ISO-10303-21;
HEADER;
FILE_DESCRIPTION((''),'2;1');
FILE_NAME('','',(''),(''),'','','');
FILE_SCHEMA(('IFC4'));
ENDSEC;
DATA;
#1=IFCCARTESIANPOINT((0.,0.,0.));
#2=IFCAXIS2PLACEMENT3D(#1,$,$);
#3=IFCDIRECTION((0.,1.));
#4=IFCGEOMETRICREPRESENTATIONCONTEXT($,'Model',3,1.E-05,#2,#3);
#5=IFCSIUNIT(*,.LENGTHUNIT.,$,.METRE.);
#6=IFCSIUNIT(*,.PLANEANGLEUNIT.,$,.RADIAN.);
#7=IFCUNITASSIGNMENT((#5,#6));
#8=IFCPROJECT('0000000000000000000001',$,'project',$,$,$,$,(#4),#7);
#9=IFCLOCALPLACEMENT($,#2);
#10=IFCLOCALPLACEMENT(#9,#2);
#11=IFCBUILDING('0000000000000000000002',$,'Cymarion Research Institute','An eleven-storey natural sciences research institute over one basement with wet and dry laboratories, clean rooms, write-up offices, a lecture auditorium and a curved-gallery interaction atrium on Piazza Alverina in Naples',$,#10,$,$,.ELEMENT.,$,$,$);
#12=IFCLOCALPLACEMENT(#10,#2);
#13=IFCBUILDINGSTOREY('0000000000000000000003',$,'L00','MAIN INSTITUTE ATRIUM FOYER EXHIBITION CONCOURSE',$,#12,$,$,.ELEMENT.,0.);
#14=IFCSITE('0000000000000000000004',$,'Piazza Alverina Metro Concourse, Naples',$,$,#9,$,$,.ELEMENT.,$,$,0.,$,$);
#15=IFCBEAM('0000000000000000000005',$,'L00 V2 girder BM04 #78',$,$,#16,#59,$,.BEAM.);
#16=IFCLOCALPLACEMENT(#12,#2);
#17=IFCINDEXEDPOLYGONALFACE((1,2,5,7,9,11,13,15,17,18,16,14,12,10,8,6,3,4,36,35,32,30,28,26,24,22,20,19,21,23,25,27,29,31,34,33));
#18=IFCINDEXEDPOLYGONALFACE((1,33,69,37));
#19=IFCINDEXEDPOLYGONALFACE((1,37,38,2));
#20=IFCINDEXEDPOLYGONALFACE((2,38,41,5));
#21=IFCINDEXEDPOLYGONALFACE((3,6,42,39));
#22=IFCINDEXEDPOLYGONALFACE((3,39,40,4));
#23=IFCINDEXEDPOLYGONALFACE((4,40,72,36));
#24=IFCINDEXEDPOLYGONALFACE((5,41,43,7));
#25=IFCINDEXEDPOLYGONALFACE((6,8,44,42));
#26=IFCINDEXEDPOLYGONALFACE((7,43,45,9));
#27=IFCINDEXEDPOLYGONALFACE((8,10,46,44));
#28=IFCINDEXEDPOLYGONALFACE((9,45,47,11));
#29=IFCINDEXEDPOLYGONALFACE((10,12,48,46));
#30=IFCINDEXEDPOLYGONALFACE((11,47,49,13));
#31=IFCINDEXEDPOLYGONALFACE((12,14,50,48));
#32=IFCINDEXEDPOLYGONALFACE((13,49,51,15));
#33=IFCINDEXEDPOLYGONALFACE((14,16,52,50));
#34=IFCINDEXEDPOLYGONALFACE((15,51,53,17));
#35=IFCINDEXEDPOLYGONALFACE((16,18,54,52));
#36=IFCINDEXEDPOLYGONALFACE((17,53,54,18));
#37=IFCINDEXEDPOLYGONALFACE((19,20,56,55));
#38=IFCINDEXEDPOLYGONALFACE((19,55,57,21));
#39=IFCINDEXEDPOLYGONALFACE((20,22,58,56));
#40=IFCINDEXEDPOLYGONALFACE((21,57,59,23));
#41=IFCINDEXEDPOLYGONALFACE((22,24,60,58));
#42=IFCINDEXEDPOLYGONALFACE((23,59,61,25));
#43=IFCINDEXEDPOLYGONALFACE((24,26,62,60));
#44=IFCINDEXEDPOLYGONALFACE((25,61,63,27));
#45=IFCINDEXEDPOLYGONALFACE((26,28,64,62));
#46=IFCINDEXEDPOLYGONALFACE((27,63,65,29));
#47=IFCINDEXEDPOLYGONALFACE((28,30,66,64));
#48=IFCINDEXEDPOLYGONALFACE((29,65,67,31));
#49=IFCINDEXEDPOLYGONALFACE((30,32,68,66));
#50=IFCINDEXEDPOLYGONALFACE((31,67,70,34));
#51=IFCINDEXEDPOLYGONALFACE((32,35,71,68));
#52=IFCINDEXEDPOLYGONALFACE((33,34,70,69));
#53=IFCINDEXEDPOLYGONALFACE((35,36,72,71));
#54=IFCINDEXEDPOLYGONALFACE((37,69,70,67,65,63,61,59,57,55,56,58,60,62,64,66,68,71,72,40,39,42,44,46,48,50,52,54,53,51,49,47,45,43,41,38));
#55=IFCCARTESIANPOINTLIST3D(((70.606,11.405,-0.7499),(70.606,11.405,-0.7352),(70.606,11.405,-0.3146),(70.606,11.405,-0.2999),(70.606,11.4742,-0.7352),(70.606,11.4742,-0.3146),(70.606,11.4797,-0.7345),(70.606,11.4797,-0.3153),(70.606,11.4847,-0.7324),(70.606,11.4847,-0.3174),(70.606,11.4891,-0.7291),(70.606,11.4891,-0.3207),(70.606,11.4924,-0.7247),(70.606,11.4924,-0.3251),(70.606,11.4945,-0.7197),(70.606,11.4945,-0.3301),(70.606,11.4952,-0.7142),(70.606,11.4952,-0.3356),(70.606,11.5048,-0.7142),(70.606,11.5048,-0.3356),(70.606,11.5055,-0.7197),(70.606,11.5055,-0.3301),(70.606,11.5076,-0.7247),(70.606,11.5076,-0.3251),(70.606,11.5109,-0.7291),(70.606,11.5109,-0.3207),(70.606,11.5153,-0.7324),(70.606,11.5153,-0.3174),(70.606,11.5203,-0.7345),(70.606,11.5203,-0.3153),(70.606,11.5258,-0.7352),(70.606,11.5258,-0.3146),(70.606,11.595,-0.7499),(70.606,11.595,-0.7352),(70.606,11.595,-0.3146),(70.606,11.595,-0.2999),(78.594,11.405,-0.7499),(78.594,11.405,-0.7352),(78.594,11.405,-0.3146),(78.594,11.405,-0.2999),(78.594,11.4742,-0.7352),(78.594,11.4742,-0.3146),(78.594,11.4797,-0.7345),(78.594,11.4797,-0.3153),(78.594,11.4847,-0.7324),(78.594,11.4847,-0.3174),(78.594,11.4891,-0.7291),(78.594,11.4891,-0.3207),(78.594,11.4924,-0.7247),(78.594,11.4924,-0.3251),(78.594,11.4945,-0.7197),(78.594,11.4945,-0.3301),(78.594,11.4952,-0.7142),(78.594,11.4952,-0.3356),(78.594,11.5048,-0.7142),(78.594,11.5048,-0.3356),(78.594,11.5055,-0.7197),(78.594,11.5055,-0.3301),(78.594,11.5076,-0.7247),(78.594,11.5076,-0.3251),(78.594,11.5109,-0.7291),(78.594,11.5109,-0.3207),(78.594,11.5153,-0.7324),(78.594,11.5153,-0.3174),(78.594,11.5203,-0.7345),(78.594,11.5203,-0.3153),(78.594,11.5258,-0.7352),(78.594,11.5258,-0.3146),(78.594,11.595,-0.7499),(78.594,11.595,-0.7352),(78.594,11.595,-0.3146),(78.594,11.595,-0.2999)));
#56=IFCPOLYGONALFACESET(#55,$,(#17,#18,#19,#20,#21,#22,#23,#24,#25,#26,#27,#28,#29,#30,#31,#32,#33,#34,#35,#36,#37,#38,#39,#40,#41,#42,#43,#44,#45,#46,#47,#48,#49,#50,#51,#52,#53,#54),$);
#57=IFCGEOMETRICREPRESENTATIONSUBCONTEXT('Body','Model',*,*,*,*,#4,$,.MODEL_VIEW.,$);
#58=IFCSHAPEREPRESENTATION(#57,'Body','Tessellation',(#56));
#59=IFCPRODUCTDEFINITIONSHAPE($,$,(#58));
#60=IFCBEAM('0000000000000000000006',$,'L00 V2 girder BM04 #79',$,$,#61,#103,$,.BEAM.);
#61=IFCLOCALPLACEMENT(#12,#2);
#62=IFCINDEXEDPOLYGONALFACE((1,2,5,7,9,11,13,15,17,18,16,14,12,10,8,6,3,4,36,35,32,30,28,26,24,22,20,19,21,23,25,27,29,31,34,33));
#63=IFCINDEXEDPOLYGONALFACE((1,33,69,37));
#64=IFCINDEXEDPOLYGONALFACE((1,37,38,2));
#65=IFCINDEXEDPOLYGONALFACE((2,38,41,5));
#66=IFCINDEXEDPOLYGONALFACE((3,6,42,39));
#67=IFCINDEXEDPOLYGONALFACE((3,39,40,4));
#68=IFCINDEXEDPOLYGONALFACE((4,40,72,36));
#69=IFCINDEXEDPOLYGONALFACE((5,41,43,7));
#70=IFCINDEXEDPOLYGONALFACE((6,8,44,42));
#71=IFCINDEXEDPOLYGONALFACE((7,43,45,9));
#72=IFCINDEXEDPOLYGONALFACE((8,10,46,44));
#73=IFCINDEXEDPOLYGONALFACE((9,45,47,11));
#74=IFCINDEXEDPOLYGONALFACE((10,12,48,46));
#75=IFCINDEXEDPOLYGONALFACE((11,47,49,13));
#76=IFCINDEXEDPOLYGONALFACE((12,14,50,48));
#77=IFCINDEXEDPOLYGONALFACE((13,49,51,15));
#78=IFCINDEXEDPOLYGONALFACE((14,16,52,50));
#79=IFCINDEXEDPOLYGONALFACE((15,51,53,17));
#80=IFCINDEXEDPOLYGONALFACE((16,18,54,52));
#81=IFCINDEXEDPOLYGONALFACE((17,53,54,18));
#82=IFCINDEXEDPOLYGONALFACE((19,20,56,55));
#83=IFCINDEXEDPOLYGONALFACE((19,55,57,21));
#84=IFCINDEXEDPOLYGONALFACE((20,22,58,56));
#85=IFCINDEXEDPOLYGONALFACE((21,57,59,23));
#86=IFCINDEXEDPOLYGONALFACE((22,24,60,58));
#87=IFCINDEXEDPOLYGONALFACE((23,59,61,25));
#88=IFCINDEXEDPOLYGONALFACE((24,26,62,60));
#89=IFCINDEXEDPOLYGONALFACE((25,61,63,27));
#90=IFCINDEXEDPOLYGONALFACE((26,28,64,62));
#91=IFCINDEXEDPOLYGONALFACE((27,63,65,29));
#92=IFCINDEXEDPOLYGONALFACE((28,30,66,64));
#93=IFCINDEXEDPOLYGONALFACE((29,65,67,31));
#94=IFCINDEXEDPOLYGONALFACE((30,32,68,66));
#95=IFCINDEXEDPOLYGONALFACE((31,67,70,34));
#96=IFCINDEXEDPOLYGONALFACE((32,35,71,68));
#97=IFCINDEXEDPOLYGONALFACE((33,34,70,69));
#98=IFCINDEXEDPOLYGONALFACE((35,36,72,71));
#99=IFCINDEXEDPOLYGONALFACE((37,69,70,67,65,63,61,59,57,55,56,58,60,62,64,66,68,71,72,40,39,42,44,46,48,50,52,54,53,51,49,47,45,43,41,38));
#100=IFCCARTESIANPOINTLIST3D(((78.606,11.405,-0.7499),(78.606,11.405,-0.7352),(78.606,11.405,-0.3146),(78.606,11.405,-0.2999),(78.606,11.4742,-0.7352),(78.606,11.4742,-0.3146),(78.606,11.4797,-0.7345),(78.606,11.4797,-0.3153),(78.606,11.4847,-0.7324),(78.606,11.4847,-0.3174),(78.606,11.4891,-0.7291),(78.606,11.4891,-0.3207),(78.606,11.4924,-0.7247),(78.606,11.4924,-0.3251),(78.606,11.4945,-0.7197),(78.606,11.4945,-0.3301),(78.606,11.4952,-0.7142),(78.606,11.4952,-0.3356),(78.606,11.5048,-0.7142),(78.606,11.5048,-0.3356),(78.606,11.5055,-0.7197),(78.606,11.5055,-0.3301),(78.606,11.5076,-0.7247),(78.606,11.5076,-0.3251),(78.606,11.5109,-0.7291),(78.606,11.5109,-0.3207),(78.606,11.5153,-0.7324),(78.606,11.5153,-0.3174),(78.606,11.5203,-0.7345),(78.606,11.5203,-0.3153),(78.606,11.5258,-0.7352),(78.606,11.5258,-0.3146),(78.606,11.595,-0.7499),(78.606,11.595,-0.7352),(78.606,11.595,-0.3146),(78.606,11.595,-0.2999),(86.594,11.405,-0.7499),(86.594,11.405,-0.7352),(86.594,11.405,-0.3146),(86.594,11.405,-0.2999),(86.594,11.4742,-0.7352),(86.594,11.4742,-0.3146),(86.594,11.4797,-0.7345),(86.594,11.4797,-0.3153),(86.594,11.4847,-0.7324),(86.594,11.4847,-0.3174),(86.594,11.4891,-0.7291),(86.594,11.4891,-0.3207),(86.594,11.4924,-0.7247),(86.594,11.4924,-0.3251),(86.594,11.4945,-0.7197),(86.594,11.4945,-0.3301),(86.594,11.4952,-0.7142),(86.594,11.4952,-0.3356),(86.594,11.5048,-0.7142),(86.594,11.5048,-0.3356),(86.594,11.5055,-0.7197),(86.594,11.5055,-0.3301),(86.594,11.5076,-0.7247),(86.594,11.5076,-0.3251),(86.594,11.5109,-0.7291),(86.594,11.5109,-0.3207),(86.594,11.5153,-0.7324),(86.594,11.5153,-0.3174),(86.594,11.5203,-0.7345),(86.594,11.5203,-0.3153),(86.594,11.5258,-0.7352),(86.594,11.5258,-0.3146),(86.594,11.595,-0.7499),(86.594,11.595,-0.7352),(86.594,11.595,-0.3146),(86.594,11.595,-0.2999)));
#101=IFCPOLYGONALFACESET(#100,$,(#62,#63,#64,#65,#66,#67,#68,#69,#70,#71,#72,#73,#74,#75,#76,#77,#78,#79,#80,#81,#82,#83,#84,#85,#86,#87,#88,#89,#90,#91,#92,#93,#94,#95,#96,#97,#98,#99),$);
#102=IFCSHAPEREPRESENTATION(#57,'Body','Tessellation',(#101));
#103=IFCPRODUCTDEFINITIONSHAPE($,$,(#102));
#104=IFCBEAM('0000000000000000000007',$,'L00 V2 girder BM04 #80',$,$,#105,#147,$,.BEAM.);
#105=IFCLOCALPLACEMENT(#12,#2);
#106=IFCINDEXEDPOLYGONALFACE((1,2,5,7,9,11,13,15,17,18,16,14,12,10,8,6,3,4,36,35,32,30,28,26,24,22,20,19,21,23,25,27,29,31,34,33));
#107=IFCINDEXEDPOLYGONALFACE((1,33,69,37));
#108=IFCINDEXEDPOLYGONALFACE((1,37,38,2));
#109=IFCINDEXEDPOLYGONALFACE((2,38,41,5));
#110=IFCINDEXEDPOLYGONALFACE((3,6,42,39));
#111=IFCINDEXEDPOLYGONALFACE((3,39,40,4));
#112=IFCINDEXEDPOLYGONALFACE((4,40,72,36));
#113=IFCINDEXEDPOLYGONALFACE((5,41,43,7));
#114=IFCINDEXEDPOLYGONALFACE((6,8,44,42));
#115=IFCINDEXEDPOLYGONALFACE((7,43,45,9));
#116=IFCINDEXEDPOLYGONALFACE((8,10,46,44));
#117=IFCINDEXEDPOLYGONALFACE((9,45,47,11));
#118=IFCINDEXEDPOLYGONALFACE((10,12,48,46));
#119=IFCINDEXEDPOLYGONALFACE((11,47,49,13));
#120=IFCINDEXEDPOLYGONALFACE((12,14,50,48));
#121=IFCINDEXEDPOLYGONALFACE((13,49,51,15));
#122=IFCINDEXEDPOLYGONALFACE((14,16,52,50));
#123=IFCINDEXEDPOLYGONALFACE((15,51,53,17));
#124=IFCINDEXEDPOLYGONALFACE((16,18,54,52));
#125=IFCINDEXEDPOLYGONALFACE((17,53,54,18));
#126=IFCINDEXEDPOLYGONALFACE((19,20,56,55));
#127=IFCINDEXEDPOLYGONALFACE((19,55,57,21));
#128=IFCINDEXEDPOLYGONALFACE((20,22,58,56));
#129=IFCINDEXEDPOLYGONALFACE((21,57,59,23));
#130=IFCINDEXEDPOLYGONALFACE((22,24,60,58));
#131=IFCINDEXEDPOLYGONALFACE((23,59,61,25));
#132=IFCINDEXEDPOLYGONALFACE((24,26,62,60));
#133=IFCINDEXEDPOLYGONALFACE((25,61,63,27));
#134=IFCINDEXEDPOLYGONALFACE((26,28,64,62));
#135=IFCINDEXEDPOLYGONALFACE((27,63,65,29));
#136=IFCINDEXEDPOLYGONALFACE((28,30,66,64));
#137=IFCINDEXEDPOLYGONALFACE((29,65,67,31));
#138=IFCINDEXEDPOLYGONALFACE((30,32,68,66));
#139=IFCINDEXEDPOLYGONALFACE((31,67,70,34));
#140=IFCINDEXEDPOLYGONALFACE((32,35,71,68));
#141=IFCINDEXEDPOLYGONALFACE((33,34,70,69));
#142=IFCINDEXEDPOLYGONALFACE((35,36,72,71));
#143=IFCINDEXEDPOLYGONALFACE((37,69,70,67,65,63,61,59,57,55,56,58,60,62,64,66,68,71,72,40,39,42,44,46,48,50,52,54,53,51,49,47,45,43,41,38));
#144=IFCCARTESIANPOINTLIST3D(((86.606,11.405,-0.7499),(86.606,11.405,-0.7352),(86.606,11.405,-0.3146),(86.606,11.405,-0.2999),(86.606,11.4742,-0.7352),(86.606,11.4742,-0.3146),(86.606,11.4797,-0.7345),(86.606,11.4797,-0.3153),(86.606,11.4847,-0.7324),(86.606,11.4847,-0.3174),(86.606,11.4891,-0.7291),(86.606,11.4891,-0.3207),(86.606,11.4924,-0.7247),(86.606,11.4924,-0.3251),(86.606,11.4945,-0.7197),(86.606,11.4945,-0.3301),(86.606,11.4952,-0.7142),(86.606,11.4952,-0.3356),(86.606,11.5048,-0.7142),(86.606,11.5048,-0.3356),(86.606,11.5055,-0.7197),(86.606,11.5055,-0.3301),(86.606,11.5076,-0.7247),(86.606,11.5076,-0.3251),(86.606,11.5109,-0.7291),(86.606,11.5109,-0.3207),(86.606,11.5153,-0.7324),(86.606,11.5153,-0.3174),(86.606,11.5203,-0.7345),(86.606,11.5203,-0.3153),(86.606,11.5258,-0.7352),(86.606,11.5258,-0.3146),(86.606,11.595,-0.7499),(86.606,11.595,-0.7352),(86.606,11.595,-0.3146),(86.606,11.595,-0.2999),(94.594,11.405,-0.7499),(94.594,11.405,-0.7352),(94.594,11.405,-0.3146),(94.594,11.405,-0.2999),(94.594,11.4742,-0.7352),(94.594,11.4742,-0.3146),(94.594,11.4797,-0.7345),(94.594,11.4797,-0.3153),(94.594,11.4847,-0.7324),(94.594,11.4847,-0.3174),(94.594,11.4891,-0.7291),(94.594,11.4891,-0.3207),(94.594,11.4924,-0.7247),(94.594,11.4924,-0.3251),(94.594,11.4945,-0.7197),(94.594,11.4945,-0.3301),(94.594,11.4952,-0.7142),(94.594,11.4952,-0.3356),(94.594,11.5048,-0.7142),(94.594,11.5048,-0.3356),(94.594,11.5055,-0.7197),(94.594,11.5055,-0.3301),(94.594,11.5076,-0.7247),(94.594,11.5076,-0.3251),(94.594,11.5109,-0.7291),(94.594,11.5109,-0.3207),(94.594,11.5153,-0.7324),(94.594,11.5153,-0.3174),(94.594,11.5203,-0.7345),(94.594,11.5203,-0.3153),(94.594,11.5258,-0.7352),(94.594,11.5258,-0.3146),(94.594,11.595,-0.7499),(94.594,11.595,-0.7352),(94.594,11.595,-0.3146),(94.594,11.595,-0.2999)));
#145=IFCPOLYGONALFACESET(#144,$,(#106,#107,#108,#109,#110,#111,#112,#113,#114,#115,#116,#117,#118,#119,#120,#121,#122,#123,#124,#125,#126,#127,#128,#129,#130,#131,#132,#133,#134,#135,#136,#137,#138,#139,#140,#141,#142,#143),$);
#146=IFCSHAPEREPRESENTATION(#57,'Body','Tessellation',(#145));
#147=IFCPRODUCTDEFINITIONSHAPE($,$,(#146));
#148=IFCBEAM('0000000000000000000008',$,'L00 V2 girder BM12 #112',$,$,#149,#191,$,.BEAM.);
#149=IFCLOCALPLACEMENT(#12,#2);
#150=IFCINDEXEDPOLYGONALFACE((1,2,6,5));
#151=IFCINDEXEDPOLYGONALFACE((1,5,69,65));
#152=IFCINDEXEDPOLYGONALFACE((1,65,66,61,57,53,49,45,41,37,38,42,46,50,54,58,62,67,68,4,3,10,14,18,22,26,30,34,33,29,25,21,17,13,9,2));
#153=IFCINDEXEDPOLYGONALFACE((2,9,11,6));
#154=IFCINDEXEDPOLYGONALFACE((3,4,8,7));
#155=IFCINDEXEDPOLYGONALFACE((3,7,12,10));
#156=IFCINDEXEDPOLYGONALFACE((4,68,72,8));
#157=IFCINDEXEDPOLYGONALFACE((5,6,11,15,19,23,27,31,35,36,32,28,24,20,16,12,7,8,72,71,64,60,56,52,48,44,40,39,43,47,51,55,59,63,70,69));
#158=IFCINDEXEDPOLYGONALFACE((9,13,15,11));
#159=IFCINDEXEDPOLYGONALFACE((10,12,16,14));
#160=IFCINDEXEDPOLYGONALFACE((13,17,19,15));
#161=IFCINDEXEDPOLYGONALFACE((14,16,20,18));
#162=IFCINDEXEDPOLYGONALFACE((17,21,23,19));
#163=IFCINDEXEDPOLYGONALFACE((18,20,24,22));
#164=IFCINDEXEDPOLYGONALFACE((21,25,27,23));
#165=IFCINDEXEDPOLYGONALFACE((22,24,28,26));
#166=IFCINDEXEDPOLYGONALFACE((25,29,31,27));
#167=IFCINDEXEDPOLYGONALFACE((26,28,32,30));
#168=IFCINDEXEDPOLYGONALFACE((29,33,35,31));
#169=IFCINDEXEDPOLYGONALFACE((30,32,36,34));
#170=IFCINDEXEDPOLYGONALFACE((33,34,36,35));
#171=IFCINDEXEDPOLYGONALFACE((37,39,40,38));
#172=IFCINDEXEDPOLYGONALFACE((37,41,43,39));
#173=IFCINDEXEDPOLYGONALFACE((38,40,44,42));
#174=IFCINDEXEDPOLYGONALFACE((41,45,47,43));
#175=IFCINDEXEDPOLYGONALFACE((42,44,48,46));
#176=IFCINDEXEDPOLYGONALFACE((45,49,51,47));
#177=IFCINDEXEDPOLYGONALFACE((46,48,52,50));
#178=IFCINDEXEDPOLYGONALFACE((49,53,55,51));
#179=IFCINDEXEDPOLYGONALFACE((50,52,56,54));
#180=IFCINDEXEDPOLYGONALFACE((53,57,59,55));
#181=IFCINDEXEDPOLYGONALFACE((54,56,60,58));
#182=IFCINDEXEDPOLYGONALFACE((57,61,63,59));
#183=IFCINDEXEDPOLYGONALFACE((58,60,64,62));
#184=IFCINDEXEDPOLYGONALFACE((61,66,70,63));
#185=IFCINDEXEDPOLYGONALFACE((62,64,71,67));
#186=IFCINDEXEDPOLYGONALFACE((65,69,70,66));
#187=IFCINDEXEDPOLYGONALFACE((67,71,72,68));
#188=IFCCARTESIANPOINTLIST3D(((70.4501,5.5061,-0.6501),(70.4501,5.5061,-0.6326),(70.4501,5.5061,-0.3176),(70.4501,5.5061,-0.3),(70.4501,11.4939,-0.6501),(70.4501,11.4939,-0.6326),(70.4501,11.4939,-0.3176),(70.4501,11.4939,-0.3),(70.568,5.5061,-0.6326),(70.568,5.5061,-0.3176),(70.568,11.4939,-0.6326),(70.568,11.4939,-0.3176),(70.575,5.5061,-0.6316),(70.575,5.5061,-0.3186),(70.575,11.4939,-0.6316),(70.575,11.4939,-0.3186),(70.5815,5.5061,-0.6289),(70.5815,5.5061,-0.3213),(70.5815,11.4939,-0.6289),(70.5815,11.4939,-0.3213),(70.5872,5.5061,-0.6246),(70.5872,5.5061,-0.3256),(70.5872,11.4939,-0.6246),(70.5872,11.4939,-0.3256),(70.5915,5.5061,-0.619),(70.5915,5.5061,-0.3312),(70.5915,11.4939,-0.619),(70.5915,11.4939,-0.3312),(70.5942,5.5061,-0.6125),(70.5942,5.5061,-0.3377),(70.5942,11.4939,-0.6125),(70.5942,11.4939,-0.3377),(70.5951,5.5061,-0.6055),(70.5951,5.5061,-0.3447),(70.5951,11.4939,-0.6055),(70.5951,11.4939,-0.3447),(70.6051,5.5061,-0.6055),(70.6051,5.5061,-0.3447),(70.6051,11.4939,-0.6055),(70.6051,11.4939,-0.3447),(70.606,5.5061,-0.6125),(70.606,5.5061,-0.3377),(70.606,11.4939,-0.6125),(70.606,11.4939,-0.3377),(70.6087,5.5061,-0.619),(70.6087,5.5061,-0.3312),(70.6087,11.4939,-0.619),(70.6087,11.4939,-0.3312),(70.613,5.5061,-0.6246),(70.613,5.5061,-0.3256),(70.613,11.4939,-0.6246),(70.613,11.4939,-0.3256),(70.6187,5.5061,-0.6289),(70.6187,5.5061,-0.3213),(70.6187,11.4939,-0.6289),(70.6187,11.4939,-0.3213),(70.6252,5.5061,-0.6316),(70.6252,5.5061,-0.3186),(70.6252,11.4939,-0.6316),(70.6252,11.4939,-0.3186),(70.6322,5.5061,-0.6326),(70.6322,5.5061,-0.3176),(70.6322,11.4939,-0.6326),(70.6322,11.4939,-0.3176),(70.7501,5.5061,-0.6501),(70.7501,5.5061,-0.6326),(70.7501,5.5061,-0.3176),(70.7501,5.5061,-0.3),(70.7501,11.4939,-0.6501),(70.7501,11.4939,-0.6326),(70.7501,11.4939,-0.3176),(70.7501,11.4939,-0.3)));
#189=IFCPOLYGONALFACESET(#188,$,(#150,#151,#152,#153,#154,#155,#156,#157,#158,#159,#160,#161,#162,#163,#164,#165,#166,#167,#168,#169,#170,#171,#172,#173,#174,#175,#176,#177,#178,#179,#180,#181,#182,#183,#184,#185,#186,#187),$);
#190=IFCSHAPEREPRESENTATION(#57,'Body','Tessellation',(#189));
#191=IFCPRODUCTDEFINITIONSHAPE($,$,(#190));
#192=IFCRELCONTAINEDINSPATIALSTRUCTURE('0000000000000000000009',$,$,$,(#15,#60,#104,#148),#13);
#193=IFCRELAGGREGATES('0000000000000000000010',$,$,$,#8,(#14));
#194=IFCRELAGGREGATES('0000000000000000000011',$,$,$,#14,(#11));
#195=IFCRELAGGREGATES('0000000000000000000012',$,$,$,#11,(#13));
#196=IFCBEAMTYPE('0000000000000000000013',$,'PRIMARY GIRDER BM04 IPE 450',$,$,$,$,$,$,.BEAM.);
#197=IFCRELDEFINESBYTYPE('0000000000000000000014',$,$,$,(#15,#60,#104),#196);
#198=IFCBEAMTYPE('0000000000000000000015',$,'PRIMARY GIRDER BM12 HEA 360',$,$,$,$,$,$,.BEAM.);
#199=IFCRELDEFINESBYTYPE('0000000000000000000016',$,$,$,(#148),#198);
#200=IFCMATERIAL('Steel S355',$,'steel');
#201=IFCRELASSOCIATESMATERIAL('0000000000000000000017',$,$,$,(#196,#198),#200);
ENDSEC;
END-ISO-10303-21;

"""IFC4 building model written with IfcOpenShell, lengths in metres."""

from ifc_helpers import new_model, si_unit, direction, frame, origin, origin_2d, place, context, subcontext, project, spatial, i_section, extrude, material, material_profile, profile_set, type_object, element, save


model = new_model("IFC4")

# Units and contexts
model_context = context("Model", 3, precision=1e-05, world=origin(), true_north=direction((0.0, 1.0)))
body_context = subcontext(model_context, "Body", "Model", "MODEL_VIEW")
ifc_project = project(units=[si_unit("LENGTHUNIT", "METRE"), si_unit("PLANEANGLEUNIT", "RADIAN")], contexts=[model_context])

# Site, building, storey
site_placement = place(None, origin())
site = spatial("IfcSite", under=ifc_project, at=site_placement, Name="Piazza Alverina Metro Concourse, Naples", CompositionType="ELEMENT", RefElevation=0.0)
building_placement = place(site_placement, origin())
building = spatial("IfcBuilding", under=site, at=building_placement, Name="Cymarion Research Institute", Description="An eleven-storey natural sciences research institute over one basement with wet and dry laboratories, clean rooms, write-up offices, a lecture auditorium and a curved-gallery interaction atrium on Piazza Alverina in Naples", CompositionType="ELEMENT")
storey_placement = place(building_placement, origin())
storey = spatial("IfcBuildingStorey", under=building, at=storey_placement, Name="L00", Description="MAIN INSTITUTE ATRIUM FOYER EXHIBITION CONCOURSE", CompositionType="ELEMENT", Elevation=0.0)

# Shared definitions
ifc_material_1 = material(Name="Steel S355", Category="steel")

# Beams
ifc_material_profile_1 = material_profile(ifc_material_1, i_section(OverallWidth=0.1899, OverallDepth=0.45, WebThickness=0.0095, FlangeThickness=0.0146, FilletRadius=0.021, at=origin_2d()), Name="IPE 450")
ifc_profile_set_1 = profile_set([ifc_material_profile_1], Name="Steel S355")
beam_type_1 = type_object("IfcBeamType", Name="PRIMARY GIRDER BM04 IPE 450", PredefinedType="BEAM", material=ifc_profile_set_1)
for number, where, z_axis, x_axis, name in (
    (1, (70.606, 11.5, -0.5249), (1.0, 0.0, 0.0), (0.0, 1.0, 0.0), "L00 V2 girder BM04 #78"),
    (2, (78.606, 11.5, -0.5249), (1.0, 0.0, 0.0), (0.0, 1.0, 0.0), "L00 V2 girder BM04 #79"),
    (3, (86.606, 11.5, -0.5249), (1.0, 0.0, 0.0), (0.0, 1.0, 0.0), "L00 V2 girder BM04 #80"),
):
    element("IfcBeam", number, at=place(storey_placement, frame(where, z_axis=z_axis, x_axis=x_axis)), inside=storey, type_object=beam_type_1, Name=name, PredefinedType="BEAM", context=body_context, shape_type="SweptSolid", body=[
        extrude(i_section(OverallWidth=0.1899, OverallDepth=0.45, WebThickness=0.0095, FlangeThickness=0.0146, FilletRadius=0.021, at=origin_2d()), origin(), (0.0, 0.0, 1.0), 7.988),
    ])
ifc_material_profile_2 = material_profile(ifc_material_1, i_section(OverallWidth=0.3, OverallDepth=0.3501, WebThickness=0.01, FlangeThickness=0.0176, FilletRadius=0.0271, at=origin_2d()), Name="HEA 360")
ifc_profile_set_2 = profile_set([ifc_material_profile_2], Name="Steel S355")
beam_type_2 = type_object("IfcBeamType", Name="PRIMARY GIRDER BM12 HEA 360", PredefinedType="BEAM", material=ifc_profile_set_2)
for number, where, z_axis, x_axis, name in (
    (4, (70.6001, 5.5061, -0.4751), (0.0, 1.0, 0.0), (-1.0, 0.0, 0.0), "L00 V2 girder BM12 #112"),
):
    element("IfcBeam", number, at=place(storey_placement, frame(where, z_axis=z_axis, x_axis=x_axis)), inside=storey, type_object=beam_type_2, Name=name, PredefinedType="BEAM", context=body_context, shape_type="SweptSolid", body=[
        extrude(i_section(OverallWidth=0.3, OverallDepth=0.3501, WebThickness=0.01, FlangeThickness=0.0176, FilletRadius=0.0271, at=origin_2d()), origin(), (0.0, 0.0, 1.0), 5.9878),
    ])

save(model, "model.ifc")
